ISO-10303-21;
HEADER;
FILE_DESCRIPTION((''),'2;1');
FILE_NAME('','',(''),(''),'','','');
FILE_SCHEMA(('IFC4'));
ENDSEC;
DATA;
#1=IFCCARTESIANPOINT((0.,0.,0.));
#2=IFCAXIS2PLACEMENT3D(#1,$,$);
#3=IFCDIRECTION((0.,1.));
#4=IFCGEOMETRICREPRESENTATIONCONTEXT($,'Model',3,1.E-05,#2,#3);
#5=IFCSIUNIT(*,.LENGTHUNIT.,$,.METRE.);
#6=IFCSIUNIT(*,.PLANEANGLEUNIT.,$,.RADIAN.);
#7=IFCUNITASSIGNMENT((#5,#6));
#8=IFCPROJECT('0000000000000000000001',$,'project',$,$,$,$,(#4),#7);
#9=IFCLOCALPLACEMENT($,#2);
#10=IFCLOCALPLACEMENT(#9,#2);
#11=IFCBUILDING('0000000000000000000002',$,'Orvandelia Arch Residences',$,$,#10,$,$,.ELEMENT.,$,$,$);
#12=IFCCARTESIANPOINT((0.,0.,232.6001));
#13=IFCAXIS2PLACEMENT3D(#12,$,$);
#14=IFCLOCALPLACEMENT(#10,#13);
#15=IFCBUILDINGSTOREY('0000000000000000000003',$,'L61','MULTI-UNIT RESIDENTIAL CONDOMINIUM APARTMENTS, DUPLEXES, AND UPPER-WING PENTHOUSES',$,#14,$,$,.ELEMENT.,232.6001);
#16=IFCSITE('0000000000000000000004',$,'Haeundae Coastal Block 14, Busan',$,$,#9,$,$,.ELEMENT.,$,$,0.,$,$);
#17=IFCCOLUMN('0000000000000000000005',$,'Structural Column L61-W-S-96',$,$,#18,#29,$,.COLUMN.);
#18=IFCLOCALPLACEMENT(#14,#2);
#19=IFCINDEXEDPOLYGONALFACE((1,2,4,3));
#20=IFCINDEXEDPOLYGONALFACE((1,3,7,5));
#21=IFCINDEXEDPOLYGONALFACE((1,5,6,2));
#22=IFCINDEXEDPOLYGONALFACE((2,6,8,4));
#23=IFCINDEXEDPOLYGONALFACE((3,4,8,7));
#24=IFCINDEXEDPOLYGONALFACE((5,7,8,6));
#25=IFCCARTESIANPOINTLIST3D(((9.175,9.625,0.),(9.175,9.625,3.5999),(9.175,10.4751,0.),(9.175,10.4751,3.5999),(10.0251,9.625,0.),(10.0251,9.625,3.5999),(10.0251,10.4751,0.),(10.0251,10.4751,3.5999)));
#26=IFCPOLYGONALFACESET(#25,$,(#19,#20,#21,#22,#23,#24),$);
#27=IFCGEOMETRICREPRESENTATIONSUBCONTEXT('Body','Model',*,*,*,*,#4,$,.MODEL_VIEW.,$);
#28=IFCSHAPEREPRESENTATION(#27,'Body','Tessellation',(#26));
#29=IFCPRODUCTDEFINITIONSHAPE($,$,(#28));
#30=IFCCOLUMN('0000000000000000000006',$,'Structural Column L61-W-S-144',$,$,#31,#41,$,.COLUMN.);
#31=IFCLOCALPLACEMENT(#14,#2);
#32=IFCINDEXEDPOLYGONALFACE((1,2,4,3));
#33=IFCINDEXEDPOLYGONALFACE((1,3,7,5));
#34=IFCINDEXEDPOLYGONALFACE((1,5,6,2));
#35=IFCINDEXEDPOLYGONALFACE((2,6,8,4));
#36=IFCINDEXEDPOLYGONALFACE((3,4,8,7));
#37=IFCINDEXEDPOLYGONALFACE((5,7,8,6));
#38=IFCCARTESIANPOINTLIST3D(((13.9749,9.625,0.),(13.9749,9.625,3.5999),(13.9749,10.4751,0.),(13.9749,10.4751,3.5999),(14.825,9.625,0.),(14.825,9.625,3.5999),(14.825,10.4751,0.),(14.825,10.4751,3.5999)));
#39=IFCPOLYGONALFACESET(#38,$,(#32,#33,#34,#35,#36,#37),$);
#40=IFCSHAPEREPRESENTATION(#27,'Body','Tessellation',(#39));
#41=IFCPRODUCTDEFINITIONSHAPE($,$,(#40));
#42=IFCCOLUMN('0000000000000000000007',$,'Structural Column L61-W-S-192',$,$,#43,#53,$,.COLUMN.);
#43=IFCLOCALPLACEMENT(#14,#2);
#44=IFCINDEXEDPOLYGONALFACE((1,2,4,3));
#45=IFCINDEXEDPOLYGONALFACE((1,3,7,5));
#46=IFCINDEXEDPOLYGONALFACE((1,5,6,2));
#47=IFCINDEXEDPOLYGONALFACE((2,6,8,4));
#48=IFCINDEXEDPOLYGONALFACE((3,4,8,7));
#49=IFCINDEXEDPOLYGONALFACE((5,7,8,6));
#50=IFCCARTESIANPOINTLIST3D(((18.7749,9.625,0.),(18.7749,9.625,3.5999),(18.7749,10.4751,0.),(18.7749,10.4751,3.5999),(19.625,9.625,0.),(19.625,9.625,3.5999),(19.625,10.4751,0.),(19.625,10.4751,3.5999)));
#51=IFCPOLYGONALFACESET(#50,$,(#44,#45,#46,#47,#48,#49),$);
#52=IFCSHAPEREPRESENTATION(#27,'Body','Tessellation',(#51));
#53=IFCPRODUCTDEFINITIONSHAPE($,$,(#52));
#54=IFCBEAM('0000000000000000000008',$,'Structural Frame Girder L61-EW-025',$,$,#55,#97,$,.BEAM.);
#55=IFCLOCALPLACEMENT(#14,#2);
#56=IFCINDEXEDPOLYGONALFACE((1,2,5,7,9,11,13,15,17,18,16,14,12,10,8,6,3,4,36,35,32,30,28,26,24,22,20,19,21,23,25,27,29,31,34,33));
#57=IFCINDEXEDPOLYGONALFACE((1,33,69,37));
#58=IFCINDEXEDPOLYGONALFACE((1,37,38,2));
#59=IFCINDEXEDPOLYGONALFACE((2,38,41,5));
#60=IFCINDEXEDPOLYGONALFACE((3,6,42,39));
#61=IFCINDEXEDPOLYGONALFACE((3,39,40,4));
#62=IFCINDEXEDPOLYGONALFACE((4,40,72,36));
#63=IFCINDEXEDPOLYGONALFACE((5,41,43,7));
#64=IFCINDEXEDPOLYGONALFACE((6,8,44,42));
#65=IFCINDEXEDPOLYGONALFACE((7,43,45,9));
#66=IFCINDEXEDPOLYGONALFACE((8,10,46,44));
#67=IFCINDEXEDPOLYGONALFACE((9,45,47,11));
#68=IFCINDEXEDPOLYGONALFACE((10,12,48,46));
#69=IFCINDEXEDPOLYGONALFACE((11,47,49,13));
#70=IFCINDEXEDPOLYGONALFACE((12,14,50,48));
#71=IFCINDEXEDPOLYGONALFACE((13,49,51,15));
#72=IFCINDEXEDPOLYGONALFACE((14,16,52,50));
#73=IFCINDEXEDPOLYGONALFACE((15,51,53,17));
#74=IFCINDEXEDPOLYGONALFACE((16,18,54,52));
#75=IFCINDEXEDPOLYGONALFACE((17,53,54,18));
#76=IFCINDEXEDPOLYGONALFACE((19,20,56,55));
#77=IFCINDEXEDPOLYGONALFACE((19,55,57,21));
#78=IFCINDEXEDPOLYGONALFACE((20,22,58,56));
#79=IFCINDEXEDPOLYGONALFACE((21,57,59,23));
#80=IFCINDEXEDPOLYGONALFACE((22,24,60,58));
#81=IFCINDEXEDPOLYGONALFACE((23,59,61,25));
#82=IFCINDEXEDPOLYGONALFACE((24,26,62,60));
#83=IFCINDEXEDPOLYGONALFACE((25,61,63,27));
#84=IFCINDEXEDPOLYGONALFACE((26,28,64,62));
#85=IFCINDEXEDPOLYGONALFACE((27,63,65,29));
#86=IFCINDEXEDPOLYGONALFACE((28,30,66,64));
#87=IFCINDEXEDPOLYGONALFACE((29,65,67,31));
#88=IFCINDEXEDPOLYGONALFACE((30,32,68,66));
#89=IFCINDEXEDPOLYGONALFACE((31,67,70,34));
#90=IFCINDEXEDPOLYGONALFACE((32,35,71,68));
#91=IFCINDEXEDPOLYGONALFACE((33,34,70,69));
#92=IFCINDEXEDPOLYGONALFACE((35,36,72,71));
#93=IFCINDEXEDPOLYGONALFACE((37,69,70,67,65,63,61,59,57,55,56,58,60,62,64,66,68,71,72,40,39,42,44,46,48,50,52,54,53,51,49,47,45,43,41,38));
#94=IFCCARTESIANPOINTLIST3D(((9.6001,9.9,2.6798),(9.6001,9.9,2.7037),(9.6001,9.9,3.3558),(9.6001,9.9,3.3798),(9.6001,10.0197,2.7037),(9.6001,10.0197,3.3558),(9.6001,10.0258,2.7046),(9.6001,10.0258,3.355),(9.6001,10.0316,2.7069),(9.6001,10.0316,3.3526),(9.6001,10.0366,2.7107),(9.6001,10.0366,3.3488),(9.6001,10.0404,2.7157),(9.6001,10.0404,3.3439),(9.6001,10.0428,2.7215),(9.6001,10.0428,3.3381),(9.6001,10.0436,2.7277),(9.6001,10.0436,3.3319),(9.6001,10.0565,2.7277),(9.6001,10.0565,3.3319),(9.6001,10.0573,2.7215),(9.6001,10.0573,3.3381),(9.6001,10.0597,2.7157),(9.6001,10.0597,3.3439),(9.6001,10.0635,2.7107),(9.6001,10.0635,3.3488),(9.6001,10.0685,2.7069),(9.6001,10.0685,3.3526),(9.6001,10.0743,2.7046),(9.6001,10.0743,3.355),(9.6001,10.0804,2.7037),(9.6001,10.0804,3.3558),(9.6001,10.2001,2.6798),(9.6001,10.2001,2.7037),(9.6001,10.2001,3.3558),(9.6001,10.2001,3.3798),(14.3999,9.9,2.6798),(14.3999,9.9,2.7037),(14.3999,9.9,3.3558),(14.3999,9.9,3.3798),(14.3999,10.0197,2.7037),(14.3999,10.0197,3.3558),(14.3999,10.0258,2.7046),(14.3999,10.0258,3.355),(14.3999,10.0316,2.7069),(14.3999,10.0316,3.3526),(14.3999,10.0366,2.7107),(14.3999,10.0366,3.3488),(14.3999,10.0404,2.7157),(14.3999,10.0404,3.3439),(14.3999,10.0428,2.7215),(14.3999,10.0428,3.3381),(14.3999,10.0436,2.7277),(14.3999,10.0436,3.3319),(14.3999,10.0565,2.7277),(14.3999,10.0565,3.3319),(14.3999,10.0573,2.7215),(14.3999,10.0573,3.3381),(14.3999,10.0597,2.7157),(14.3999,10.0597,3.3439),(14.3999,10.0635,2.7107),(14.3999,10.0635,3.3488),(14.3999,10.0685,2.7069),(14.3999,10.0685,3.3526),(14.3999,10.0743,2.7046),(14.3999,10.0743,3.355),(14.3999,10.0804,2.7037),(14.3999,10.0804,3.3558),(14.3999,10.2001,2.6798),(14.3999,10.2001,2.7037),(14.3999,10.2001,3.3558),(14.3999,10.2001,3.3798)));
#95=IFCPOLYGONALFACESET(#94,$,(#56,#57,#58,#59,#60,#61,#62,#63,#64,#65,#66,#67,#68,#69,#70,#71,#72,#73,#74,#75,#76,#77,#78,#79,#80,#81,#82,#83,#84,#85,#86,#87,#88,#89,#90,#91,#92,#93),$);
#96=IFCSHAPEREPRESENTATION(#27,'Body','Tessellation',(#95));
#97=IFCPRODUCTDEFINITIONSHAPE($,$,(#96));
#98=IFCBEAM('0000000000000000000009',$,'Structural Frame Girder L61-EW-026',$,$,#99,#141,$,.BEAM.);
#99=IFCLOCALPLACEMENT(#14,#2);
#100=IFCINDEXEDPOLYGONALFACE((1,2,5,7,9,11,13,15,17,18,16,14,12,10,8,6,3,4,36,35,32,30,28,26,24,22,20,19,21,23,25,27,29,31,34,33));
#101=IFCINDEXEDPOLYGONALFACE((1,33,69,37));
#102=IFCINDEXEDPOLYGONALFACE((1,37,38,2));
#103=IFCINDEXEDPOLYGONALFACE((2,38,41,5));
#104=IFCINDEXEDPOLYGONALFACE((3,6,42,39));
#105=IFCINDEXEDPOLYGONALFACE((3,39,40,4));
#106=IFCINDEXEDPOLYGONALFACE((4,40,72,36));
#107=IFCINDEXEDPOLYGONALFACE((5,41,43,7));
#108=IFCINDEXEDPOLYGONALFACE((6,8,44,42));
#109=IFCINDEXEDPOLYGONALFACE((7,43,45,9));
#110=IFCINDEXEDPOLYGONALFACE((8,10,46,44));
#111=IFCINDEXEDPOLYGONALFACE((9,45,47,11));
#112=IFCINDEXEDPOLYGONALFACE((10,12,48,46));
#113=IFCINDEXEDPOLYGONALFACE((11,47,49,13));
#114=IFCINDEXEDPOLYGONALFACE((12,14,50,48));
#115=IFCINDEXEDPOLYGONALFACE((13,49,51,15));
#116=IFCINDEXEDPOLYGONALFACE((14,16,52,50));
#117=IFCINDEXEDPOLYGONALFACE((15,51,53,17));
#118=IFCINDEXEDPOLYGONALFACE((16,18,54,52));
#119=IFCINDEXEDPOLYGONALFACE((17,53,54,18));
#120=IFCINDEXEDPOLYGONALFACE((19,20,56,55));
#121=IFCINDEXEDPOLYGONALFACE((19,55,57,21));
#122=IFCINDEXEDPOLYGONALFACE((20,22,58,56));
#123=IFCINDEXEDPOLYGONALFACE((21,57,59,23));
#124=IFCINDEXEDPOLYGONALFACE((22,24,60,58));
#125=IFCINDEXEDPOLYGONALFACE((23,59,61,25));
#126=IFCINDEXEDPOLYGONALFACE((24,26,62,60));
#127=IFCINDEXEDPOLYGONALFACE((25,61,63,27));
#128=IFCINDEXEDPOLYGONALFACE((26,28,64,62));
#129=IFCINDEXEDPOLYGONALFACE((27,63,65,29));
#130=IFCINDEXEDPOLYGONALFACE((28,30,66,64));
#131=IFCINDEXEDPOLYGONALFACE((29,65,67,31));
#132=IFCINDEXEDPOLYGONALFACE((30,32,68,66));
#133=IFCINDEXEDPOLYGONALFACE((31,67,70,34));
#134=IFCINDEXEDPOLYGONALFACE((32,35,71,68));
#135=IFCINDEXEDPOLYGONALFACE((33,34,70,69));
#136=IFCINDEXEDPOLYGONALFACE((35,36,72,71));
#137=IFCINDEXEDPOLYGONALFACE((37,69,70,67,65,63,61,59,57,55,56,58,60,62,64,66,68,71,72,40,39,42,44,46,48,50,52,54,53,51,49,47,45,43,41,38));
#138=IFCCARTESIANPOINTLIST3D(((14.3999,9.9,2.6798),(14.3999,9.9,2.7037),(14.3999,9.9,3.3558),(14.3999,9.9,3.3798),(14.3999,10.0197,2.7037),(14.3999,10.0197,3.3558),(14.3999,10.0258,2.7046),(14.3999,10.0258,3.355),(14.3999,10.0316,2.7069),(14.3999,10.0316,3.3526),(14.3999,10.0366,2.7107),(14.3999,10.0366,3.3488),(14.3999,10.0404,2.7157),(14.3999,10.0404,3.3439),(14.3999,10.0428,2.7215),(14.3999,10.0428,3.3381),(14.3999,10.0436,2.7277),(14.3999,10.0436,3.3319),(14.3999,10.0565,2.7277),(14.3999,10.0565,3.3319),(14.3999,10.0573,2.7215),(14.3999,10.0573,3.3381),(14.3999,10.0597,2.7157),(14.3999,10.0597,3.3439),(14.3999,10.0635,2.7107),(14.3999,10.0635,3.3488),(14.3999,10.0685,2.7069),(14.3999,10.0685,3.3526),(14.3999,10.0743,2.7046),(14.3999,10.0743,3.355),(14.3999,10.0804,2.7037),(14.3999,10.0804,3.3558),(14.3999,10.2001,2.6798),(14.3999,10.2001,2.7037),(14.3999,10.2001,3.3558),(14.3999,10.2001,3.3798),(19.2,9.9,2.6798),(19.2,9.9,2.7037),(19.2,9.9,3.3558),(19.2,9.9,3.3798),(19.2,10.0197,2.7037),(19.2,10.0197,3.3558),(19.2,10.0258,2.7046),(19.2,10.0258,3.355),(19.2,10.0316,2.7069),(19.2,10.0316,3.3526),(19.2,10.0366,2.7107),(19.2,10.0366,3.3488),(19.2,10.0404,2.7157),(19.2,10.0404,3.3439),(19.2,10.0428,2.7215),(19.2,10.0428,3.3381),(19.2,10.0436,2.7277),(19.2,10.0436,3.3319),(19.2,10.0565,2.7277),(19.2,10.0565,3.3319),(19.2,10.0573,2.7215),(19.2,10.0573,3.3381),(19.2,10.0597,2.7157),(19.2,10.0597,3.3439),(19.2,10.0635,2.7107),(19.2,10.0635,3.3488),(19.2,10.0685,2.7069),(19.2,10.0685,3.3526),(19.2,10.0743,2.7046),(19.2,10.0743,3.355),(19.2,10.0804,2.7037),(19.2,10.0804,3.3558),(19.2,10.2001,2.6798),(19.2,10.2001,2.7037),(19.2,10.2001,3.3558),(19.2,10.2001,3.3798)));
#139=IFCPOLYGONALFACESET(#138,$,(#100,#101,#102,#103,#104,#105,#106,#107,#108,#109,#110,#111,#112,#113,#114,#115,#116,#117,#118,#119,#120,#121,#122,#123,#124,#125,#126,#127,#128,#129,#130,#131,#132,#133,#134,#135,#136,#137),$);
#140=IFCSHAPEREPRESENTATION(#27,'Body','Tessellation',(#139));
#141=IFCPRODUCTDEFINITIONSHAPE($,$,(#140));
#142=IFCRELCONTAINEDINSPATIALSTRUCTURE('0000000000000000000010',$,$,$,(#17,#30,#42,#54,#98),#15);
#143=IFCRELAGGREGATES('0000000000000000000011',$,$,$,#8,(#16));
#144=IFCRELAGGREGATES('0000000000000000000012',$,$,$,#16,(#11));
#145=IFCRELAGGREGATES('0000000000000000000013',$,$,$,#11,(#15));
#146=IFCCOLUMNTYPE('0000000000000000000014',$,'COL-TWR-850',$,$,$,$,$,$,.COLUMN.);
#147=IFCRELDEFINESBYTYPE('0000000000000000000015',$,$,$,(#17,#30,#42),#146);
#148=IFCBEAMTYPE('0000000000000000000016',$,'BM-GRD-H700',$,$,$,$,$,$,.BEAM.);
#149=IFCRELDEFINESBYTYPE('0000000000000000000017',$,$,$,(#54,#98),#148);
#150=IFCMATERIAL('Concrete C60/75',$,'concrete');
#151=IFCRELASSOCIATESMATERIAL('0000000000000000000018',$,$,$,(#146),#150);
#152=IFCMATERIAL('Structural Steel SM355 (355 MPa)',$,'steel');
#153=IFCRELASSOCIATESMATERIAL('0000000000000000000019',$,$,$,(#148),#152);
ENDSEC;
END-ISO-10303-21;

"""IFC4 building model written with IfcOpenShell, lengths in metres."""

from ifc_helpers import new_model, si_unit, direction, frame, origin, origin_2d, place, context, subcontext, project, spatial, rectangle, i_section, extrude, material, material_profile, profile_set, type_object, element, save


model = new_model("IFC4")

# Units and contexts
model_context = context("Model", 3, precision=1e-05, world=origin(), true_north=direction((0.0, 1.0)))
body_context = subcontext(model_context, "Body", "Model", "MODEL_VIEW")
ifc_project = project(units=[si_unit("LENGTHUNIT", "METRE"), si_unit("PLANEANGLEUNIT", "RADIAN")], contexts=[model_context])

# Site, building, storey
site_placement = place(None, origin())
site = spatial("IfcSite", under=ifc_project, at=site_placement, Name="Haeundae Coastal Block 14, Busan", CompositionType="ELEMENT", RefElevation=0.0)
building_placement = place(site_placement, origin())
building = spatial("IfcBuilding", under=site, at=building_placement, Name="Orvandelia Arch Residences", CompositionType="ELEMENT")
storey_placement = place(building_placement, frame((0.0, 0.0, 232.6001)))
storey = spatial("IfcBuildingStorey", under=building, at=storey_placement, Name="L61", Description="MULTI-UNIT RESIDENTIAL CONDOMINIUM APARTMENTS, DUPLEXES, AND UPPER-WING PENTHOUSES", CompositionType="ELEMENT", Elevation=232.6001)

# Columns
ifc_material_1 = material(Name="Concrete C60/75", Category="concrete")
ifc_material_profile_1 = material_profile(ifc_material_1, rectangle(XDim=0.8501, YDim=0.8501, at=origin_2d()), Name="Concrete C60/75", Category="concrete")
ifc_profile_set_1 = profile_set([ifc_material_profile_1], Name="Concrete C60/75")
column_type = type_object("IfcColumnType", Name="COL-TWR-850", PredefinedType="COLUMN", material=ifc_profile_set_1)
for number, where, z_axis, x_axis, name in (
    (1, (9.6001, 10.05, 0.0), (0.0, 0.0, 1.0), (1.0, 0.0, 0.0), "Structural Column L61-W-S-96"),
    (2, (14.3999, 10.05, 0.0), (0.0, 0.0, 1.0), (1.0, 0.0, 0.0), "Structural Column L61-W-S-144"),
    (3, (19.2, 10.05, 0.0), (0.0, 0.0, 1.0), (1.0, 0.0, 0.0), "Structural Column L61-W-S-192"),
):
    element("IfcColumn", number, at=place(storey_placement, frame(where, z_axis=z_axis, x_axis=x_axis)), inside=storey, type_object=column_type, Name=name, PredefinedType="COLUMN", context=body_context, shape_type="SweptSolid", body=[
        extrude(rectangle(XDim=0.8501, YDim=0.8501, at=origin_2d()), origin(), (0.0, 0.0, 1.0), 3.5999),
    ])

# Beams
ifc_material_2 = material(Name="Structural Steel SM355 (355 MPa)", Category="steel")
ifc_material_profile_2 = material_profile(ifc_material_2, i_section(OverallWidth=0.3, OverallDepth=0.7, WebThickness=0.0129, FlangeThickness=0.0239, FilletRadius=0.0239, at=origin_2d()), Name="Structural Steel SM355 (355 MPa)", Category="steel")
ifc_profile_set_2 = profile_set([ifc_material_profile_2], Name="Structural Steel SM355 (355 MPa)")
beam_type = type_object("IfcBeamType", Name="BM-GRD-H700", PredefinedType="BEAM", material=ifc_profile_set_2)
beam_1_placement = place(storey_placement, frame((9.6001, 10.05, 3.0298), z_axis=(1.0, 0.0, 0.0), x_axis=(0.0, 1.0, 0.0)))
element("IfcBeam", 4, at=beam_1_placement, inside=storey, type_object=beam_type, Name="Structural Frame Girder L61-EW-025", PredefinedType="BEAM", context=body_context, shape_type="SweptSolid", body=[
    extrude(i_section(OverallWidth=0.3, OverallDepth=0.7, WebThickness=0.0129, FlangeThickness=0.0239, FilletRadius=0.0239, at=origin_2d()), origin(), (0.0, 0.0, 1.0), 4.7998),
])
beam_2_placement = place(storey_placement, frame((14.3999, 10.05, 3.0298), z_axis=(1.0, 0.0, 0.0), x_axis=(0.0, 1.0, 0.0)))
element("IfcBeam", 5, at=beam_2_placement, inside=storey, type_object=beam_type, Name="Structural Frame Girder L61-EW-026", PredefinedType="BEAM", context=body_context, shape_type="SweptSolid", body=[
    extrude(i_section(OverallWidth=0.3, OverallDepth=0.7, WebThickness=0.0129, FlangeThickness=0.0239, FilletRadius=0.0239, at=origin_2d()), origin(), (0.0, 0.0, 1.0), 4.8),
])

save(model, "model.ifc")
